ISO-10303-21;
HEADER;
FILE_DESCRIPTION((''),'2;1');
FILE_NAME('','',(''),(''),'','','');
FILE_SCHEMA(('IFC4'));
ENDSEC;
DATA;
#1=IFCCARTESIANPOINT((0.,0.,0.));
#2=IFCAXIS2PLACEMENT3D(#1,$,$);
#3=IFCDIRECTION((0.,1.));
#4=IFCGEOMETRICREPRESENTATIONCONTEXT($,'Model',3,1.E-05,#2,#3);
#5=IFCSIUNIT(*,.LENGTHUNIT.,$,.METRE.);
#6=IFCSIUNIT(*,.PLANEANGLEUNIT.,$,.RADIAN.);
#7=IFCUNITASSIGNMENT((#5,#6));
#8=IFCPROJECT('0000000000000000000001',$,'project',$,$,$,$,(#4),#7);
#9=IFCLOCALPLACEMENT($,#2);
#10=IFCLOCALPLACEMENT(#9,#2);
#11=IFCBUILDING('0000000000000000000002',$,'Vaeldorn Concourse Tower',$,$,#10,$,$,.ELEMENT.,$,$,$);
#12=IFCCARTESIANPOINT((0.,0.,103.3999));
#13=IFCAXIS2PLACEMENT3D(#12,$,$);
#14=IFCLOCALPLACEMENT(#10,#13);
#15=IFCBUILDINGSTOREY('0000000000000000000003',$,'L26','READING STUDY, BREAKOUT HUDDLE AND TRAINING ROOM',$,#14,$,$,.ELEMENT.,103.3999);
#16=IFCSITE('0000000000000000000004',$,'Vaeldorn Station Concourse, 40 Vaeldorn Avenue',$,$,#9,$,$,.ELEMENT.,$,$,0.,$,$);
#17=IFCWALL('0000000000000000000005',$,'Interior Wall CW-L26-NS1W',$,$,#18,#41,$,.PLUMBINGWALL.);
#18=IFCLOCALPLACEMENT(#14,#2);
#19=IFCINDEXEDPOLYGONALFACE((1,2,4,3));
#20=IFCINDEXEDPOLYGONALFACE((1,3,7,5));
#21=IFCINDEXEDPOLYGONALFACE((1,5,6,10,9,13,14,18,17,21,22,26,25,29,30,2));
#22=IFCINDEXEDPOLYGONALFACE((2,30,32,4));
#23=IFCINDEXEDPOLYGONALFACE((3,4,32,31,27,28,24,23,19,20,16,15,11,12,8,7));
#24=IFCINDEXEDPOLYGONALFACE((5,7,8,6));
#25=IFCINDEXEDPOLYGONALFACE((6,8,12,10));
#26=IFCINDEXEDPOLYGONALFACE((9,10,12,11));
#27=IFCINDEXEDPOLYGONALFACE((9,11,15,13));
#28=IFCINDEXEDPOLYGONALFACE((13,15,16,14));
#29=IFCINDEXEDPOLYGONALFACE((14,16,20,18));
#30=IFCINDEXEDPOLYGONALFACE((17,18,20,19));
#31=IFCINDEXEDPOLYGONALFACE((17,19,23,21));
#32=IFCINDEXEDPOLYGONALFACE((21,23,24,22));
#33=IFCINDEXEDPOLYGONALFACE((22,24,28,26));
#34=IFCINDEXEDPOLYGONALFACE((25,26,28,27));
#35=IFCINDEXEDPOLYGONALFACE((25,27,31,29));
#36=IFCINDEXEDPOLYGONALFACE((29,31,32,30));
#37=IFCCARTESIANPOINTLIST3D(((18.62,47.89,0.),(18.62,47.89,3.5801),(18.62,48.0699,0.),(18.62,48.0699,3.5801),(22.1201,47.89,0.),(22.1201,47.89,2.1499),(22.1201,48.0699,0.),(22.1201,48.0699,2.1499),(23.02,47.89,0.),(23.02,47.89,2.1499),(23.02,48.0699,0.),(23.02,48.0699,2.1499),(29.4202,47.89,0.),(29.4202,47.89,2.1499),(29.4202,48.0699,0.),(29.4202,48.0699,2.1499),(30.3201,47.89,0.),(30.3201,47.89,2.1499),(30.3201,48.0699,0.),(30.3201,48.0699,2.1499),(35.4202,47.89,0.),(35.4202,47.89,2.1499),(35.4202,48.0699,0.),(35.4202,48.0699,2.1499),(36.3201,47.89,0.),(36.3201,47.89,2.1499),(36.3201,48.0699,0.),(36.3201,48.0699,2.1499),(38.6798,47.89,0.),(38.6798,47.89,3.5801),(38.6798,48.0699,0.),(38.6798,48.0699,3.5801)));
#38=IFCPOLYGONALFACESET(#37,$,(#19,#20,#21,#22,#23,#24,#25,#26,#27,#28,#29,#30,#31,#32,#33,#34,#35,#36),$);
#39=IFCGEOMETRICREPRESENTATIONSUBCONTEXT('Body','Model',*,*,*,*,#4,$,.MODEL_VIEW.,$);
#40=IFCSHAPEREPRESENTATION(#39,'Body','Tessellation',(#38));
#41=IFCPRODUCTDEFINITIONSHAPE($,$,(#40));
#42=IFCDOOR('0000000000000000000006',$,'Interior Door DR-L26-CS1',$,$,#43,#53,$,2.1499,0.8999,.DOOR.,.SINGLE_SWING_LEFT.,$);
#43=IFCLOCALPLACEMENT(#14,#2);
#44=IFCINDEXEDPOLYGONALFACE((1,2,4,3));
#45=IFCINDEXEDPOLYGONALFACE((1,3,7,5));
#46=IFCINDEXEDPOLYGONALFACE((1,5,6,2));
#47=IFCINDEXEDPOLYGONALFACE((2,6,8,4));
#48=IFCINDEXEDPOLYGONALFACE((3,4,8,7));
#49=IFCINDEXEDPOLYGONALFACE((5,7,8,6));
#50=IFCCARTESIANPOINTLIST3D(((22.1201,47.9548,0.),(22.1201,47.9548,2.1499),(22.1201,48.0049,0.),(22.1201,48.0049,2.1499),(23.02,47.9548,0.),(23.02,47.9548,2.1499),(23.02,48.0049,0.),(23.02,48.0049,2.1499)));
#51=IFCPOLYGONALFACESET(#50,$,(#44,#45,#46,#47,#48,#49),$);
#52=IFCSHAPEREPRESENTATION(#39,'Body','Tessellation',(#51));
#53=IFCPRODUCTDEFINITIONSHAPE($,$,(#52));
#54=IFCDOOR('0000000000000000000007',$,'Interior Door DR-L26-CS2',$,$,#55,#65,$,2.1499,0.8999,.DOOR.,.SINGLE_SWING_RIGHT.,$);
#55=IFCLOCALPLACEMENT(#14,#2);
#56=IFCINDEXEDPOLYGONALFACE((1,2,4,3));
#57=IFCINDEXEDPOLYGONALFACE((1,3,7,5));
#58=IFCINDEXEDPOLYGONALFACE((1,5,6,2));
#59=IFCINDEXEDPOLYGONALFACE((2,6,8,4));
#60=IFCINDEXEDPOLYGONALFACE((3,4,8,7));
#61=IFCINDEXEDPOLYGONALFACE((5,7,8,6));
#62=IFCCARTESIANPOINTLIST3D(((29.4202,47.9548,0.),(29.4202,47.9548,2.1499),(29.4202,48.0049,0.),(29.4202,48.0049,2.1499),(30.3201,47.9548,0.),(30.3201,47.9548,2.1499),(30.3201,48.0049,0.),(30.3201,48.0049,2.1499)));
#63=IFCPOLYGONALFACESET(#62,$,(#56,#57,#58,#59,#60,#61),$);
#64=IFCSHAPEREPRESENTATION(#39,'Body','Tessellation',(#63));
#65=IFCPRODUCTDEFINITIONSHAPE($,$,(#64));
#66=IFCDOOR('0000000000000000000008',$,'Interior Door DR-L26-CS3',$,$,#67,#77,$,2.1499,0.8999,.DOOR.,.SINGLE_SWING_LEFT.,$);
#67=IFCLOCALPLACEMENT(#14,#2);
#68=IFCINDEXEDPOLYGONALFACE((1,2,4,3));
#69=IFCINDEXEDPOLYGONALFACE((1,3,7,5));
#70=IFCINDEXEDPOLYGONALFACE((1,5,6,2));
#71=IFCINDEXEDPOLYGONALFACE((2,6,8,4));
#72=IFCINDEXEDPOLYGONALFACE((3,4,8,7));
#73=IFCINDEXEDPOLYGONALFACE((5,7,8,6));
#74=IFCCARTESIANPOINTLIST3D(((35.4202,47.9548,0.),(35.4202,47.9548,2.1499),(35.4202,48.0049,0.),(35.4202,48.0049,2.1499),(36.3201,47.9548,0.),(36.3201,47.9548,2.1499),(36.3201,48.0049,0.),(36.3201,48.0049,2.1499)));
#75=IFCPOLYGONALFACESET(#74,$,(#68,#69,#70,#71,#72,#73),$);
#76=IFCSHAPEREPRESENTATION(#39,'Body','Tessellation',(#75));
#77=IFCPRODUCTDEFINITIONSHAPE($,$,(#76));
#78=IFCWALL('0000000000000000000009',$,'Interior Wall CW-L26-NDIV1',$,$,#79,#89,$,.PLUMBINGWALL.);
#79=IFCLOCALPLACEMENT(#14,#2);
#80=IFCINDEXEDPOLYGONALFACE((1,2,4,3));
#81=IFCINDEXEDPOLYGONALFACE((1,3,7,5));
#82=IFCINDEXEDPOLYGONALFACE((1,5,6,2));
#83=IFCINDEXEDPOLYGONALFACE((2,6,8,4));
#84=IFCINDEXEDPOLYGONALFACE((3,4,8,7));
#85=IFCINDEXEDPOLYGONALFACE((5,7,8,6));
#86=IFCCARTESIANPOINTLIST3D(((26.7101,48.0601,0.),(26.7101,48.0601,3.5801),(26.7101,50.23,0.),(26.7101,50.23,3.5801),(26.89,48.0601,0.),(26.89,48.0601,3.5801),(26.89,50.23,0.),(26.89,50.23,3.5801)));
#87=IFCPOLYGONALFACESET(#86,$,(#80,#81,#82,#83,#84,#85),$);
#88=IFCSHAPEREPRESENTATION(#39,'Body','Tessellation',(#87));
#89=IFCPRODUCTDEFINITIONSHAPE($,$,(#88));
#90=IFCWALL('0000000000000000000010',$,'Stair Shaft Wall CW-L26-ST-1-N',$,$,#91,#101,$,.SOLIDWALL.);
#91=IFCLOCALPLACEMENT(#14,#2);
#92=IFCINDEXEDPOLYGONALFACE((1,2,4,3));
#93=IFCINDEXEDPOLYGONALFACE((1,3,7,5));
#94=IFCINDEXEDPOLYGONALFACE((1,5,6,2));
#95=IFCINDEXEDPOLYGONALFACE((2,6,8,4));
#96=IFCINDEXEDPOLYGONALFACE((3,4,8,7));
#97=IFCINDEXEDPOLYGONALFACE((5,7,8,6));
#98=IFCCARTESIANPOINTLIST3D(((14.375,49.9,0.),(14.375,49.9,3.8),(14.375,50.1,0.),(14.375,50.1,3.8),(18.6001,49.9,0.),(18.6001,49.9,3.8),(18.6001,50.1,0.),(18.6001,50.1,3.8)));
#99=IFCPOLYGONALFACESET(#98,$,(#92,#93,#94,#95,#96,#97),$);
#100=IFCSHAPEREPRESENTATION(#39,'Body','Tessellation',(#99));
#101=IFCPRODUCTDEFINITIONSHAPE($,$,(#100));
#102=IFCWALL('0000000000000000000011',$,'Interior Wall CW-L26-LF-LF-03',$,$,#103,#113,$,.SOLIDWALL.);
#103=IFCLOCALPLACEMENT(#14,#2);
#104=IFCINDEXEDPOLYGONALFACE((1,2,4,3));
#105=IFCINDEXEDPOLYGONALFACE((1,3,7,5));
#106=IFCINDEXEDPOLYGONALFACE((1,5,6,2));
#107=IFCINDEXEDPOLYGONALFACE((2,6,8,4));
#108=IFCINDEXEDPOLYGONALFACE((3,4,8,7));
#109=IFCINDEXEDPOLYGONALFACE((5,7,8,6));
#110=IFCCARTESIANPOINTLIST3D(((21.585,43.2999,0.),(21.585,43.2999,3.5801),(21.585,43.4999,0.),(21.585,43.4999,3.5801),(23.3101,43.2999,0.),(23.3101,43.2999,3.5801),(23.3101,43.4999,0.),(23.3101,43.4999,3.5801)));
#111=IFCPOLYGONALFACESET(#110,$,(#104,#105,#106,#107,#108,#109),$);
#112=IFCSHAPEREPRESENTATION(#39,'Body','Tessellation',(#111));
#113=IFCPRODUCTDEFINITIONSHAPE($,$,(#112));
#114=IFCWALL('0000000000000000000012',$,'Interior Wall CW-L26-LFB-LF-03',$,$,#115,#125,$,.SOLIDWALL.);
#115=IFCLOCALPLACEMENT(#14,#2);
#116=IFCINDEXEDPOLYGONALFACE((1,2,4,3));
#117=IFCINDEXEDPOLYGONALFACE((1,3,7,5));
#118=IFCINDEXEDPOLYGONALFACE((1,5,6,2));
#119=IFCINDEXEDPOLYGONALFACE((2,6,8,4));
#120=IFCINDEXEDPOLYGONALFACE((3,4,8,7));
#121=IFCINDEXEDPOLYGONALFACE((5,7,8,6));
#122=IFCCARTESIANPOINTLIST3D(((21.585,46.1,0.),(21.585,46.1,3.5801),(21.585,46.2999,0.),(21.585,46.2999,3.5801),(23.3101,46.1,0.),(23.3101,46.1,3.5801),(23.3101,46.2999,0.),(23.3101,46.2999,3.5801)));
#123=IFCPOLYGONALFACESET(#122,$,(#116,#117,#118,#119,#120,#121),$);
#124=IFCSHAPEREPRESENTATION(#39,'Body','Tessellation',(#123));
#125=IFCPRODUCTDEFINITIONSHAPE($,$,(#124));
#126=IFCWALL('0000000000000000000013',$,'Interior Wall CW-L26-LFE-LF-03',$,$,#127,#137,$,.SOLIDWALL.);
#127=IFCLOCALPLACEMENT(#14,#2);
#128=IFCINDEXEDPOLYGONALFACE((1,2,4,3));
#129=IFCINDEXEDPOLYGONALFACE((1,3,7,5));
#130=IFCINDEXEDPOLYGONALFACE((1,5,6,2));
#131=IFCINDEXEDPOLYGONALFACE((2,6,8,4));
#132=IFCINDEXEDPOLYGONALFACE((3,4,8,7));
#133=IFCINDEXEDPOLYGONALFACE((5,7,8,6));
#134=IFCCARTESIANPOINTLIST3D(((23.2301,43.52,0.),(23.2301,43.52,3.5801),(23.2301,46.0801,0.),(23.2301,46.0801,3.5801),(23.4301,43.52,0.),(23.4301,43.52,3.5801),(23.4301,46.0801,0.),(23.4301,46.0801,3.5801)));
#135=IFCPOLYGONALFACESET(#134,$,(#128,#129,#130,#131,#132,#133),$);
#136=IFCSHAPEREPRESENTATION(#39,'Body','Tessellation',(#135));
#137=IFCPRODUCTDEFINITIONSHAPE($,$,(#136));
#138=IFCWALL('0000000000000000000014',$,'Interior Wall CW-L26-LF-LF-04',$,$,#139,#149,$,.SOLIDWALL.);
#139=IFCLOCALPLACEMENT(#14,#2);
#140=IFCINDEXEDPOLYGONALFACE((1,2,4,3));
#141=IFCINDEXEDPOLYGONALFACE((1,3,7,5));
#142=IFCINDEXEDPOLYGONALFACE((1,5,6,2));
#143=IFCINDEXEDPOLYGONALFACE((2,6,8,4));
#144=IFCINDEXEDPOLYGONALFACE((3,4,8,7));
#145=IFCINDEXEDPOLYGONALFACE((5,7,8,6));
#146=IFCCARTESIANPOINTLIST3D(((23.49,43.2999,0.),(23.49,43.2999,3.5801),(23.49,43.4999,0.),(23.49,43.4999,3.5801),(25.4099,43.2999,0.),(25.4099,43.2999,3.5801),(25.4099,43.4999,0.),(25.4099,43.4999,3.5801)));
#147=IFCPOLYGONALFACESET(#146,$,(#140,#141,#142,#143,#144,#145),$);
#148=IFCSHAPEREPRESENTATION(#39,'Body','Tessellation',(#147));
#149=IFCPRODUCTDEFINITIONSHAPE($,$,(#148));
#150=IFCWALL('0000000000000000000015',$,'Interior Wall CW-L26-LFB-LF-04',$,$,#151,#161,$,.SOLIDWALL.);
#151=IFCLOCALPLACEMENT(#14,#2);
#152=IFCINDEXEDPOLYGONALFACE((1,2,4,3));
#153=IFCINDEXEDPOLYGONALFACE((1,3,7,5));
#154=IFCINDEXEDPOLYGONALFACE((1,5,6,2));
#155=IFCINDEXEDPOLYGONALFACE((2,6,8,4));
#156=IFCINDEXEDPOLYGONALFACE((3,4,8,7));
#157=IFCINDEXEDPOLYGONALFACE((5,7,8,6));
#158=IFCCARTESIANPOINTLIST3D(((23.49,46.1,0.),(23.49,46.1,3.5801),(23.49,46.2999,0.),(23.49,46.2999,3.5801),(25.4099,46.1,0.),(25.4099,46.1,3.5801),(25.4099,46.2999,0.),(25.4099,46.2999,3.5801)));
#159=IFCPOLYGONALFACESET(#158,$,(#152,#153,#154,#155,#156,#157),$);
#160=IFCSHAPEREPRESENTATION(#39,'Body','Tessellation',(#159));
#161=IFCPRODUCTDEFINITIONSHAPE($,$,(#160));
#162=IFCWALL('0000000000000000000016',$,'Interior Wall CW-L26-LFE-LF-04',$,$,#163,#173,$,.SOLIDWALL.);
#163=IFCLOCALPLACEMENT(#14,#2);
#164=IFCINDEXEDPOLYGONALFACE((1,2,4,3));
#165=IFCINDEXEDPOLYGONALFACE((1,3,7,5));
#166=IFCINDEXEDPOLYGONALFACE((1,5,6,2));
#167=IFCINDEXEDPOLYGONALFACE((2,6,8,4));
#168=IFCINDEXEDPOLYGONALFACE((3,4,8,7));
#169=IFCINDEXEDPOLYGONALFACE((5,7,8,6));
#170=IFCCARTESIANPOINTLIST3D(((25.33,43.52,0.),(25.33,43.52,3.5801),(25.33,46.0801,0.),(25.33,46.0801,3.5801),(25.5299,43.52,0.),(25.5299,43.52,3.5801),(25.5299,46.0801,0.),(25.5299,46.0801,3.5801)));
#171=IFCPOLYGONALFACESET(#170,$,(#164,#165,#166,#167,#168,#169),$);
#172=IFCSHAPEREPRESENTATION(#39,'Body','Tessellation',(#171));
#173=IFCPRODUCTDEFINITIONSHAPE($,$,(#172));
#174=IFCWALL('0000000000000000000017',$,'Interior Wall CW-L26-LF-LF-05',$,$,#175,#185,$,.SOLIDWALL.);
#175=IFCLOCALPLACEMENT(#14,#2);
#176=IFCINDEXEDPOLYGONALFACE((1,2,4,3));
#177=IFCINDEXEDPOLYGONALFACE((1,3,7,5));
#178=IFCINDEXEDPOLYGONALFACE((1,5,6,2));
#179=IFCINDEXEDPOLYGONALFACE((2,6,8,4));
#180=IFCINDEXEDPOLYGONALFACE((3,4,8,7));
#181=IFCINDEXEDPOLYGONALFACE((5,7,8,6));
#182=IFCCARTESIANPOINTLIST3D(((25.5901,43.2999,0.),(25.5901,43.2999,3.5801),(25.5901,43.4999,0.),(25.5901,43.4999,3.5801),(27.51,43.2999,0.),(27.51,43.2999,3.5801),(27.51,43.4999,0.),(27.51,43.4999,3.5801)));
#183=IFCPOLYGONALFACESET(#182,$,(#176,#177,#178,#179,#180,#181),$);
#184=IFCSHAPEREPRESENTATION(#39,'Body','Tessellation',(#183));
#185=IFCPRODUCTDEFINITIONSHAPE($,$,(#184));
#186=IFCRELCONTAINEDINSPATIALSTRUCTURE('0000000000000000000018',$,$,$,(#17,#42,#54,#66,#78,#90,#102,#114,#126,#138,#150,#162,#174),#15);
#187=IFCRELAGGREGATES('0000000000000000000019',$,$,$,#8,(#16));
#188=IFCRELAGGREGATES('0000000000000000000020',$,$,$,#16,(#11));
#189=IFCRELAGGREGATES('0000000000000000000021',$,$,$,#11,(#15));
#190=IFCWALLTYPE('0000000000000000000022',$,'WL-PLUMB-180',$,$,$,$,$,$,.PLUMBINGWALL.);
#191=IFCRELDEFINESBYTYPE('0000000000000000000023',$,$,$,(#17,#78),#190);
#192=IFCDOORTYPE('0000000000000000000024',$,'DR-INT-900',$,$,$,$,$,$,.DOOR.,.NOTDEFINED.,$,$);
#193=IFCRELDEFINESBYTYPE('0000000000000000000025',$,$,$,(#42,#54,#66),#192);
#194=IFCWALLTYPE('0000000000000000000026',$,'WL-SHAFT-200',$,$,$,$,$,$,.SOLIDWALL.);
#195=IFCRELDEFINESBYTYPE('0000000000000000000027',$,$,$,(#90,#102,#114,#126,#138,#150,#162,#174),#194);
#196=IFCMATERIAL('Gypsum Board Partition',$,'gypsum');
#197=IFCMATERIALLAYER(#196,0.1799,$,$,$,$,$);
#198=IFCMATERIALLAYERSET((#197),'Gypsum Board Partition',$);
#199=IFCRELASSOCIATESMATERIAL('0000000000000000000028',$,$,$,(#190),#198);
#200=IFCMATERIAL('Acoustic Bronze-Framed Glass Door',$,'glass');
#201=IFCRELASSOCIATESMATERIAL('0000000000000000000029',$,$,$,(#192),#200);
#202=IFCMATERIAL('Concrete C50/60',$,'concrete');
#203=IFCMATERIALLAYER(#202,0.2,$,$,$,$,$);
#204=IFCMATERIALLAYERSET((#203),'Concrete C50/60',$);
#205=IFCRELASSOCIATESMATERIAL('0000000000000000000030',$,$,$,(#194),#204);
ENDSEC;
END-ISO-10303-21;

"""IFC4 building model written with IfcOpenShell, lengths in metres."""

from ifc_helpers import new_model, si_unit, direction, frame, frame_2d, origin, place, context, subcontext, project, spatial, rectangle, extrude, source, transform, mapped, material, layer, layer_set, type_object, element, fill, save


model = new_model("IFC4")

# Units and contexts
model_context = context("Model", 3, precision=1e-05, world=origin(), true_north=direction((0.0, 1.0)))
body_context = subcontext(model_context, "Body", "Model", "MODEL_VIEW")
ifc_project = project(units=[si_unit("LENGTHUNIT", "METRE"), si_unit("PLANEANGLEUNIT", "RADIAN")], contexts=[model_context])

# Site, building, storey
site_placement = place(None, origin())
site = spatial("IfcSite", under=ifc_project, at=site_placement, Name="Vaeldorn Station Concourse, 40 Vaeldorn Avenue", CompositionType="ELEMENT", RefElevation=0.0)
building_placement = place(site_placement, origin())
building = spatial("IfcBuilding", under=site, at=building_placement, Name="Vaeldorn Concourse Tower", CompositionType="ELEMENT")
storey_placement = place(building_placement, frame((0.0, 0.0, 103.3999)))
storey = spatial("IfcBuildingStorey", under=building, at=storey_placement, Name="L26", Description="READING STUDY, BREAKOUT HUDDLE AND TRAINING ROOM", CompositionType="ELEMENT", Elevation=103.3999)

# Wall, openings, doors
ifc_material_1 = material(Name="Gypsum Board Partition", Category="gypsum")
ifc_layer_1 = layer(ifc_material_1, 0.1799)
ifc_layer_set_1 = layer_set([ifc_layer_1], Name="Gypsum Board Partition")
wall_type_1 = type_object("IfcWallType", Name="WL-PLUMB-180", PredefinedType="PLUMBINGWALL", material=ifc_layer_set_1)
wall_1_placement = place(storey_placement, frame((18.6201, 47.98, 0.0), z_axis=(0.0, 0.0, 1.0), x_axis=(1.0, 0.0, 0.0)))
wall_1 = element("IfcWall", 1, at=wall_1_placement, inside=storey, type_object=wall_type_1, Name="Interior Wall CW-L26-NS1W", PredefinedType="PLUMBINGWALL", context=body_context, shape_type="SweptSolid", body=[
    extrude(rectangle(XDim=20.0598, YDim=0.1799, at=frame_2d((10.0298, 0.0))), origin(), (0.0, 0.0, 1.0), 3.5801),
])
opening_1_placement = place(wall_1_placement, frame((3.5, 0.0, 0.0)))
opening_1 = element("IfcOpeningElement", 2, at=opening_1_placement, cuts=wall_1, PredefinedType="OPENING", context=body_context, shape_type="SweptSolid", body=[
    extrude(rectangle(XDim=0.8999, YDim=2.1499, at=frame_2d((0.45, 1.075))), frame((0.0, 0.1001, 0.0), z_axis=(0.0, -1.0, 0.0), x_axis=(1.0, 0.0, 0.0)), (0.0, 0.0, 1.0), 0.2),
])
opening_2_placement = place(wall_1_placement, frame((10.8, 0.0, 0.0)))
opening_2 = element("IfcOpeningElement", 3, at=opening_2_placement, cuts=wall_1, PredefinedType="OPENING", context=body_context, shape_type="SweptSolid", body=[
    extrude(rectangle(XDim=0.8999, YDim=2.1499, at=frame_2d((0.45, 1.075))), frame((0.0, 0.1001, 0.0), z_axis=(0.0, -1.0, 0.0), x_axis=(1.0, 0.0, 0.0)), (0.0, 0.0, 1.0), 0.2),
])
opening_3_placement = place(wall_1_placement, frame((16.8, 0.0, 0.0)))
opening_3 = element("IfcOpeningElement", 4, at=opening_3_placement, cuts=wall_1, PredefinedType="OPENING", context=body_context, shape_type="SweptSolid", body=[
    extrude(rectangle(XDim=0.8999, YDim=2.1499, at=frame_2d((0.45, 1.075))), frame((0.0, 0.1001, 0.0), z_axis=(0.0, -1.0, 0.0), x_axis=(1.0, 0.0, 0.0)), (0.0, 0.0, 1.0), 0.2),
])
ifc_material_2 = material(Name="Acoustic Bronze-Framed Glass Door", Category="glass")
door_type_1 = type_object("IfcDoorType", Name="DR-INT-900", OperationType="NOTDEFINED", PredefinedType="DOOR", material=ifc_material_2)
shared_shape_1 = source(origin(), body_context, "Body", "SweptSolid", [
    extrude(rectangle(XDim=0.8999, YDim=2.1499, at=frame_2d((0.45, 1.075))), frame((0.0, 0.0249, 0.0), z_axis=(0.0, -1.0, 0.0), x_axis=(1.0, 0.0, 0.0)), (0.0, 0.0, 1.0), 0.05),
])
door_1_placement = place(opening_1_placement, origin())
door_1 = element("IfcDoor", 5, at=door_1_placement, inside=storey, type_object=door_type_1, Name="Interior Door DR-L26-CS1", OperationType="SINGLE_SWING_LEFT", OverallHeight=2.1499, OverallWidth=0.8999, PredefinedType="DOOR", context=body_context, shape_type="MappedRepresentation", body=[
    mapped(shared_shape_1, transform((0.0, 0.0, 0.0), scale=1.0)),
])
fill(opening_1, door_1)
door_2_placement = place(opening_2_placement, origin())
door_2 = element("IfcDoor", 6, at=door_2_placement, inside=storey, type_object=door_type_1, Name="Interior Door DR-L26-CS2", OperationType="SINGLE_SWING_RIGHT", OverallHeight=2.1499, OverallWidth=0.8999, PredefinedType="DOOR", context=body_context, shape_type="MappedRepresentation", body=[
    mapped(shared_shape_1, transform((0.0, 0.0, 0.0), scale=1.0)),
])
fill(opening_2, door_2)
door_3_placement = place(opening_3_placement, origin())
door_3 = element("IfcDoor", 7, at=door_3_placement, inside=storey, type_object=door_type_1, Name="Interior Door DR-L26-CS3", OperationType="SINGLE_SWING_LEFT", OverallHeight=2.1499, OverallWidth=0.8999, PredefinedType="DOOR", context=body_context, shape_type="MappedRepresentation", body=[
    mapped(shared_shape_1, transform((0.0, 0.0, 0.0), scale=1.0)),
])
fill(opening_3, door_3)

# Walls
wall_2_placement = place(storey_placement, frame((26.8, 48.0601, 0.0), z_axis=(0.0, 0.0, 1.0), x_axis=(0.0, 1.0, 0.0)))
element("IfcWall", 8, at=wall_2_placement, inside=storey, type_object=wall_type_1, Name="Interior Wall CW-L26-NDIV1", PredefinedType="PLUMBINGWALL", context=body_context, shape_type="SweptSolid", body=[
    extrude(rectangle(XDim=2.1699, YDim=0.1799, at=frame_2d((1.085, 0.0))), origin(), (0.0, 0.0, 1.0), 3.5801),
])
ifc_material_3 = material(Name="Concrete C50/60", Category="concrete")
ifc_layer_2 = layer(ifc_material_3, 0.2)
ifc_layer_set_2 = layer_set([ifc_layer_2], Name="Concrete C50/60")
wall_type_2 = type_object("IfcWallType", Name="WL-SHAFT-200", PredefinedType="SOLIDWALL", material=ifc_layer_set_2)
wall_3_placement = place(storey_placement, frame((14.375, 50.0, 0.0), z_axis=(0.0, 0.0, 1.0), x_axis=(1.0, 0.0, 0.0)))
element("IfcWall", 9, at=wall_3_placement, inside=storey, type_object=wall_type_2, Name="Stair Shaft Wall CW-L26-ST-1-N", PredefinedType="SOLIDWALL", context=body_context, shape_type="SweptSolid", body=[
    extrude(rectangle(XDim=4.2251, YDim=0.2, at=frame_2d((2.1125, 0.0))), origin(), (0.0, 0.0, 1.0), 3.8),
])
for number, where, z_axis, x_axis, name in (
    (10, (21.585, 43.3999, 0.0), (0.0, 0.0, 1.0), (1.0, 0.0, 0.0), "Interior Wall CW-L26-LF-LF-03"),
    (11, (21.585, 46.2, 0.0), (0.0, 0.0, 1.0), (1.0, 0.0, 0.0), "Interior Wall CW-L26-LFB-LF-03"),
):
    element("IfcWall", number, at=place(storey_placement, frame(where, z_axis=z_axis, x_axis=x_axis)), inside=storey, type_object=wall_type_2, Name=name, PredefinedType="SOLIDWALL", context=body_context, shape_type="SweptSolid", body=[
        extrude(rectangle(XDim=1.7251, YDim=0.2, at=frame_2d((0.8625, 0.0))), origin(), (0.0, 0.0, 1.0), 3.5801),
    ])
wall_4_placement = place(storey_placement, frame((23.3301, 43.52, 0.0), z_axis=(0.0, 0.0, 1.0), x_axis=(0.0, 1.0, 0.0)))
element("IfcWall", 12, at=wall_4_placement, inside=storey, type_object=wall_type_2, Name="Interior Wall CW-L26-LFE-LF-03", PredefinedType="SOLIDWALL", context=body_context, shape_type="SweptSolid", body=[
    extrude(rectangle(XDim=2.5601, YDim=0.2, at=frame_2d((1.28, 0.0))), origin(), (0.0, 0.0, 1.0), 3.5801),
])
for number, where, z_axis, x_axis, name in (
    (13, (23.49, 43.3999, 0.0), (0.0, 0.0, 1.0), (1.0, 0.0, 0.0), "Interior Wall CW-L26-LF-LF-04"),
    (14, (23.49, 46.2, 0.0), (0.0, 0.0, 1.0), (1.0, 0.0, 0.0), "Interior Wall CW-L26-LFB-LF-04"),
):
    element("IfcWall", number, at=place(storey_placement, frame(where, z_axis=z_axis, x_axis=x_axis)), inside=storey, type_object=wall_type_2, Name=name, PredefinedType="SOLIDWALL", context=body_context, shape_type="SweptSolid", body=[
        extrude(rectangle(XDim=1.9199, YDim=0.2, at=frame_2d((0.96, 0.0))), origin(), (0.0, 0.0, 1.0), 3.5801),
    ])
wall_5_placement = place(storey_placement, frame((25.4299, 43.52, 0.0), z_axis=(0.0, 0.0, 1.0), x_axis=(0.0, 1.0, 0.0)))
element("IfcWall", 15, at=wall_5_placement, inside=storey, type_object=wall_type_2, Name="Interior Wall CW-L26-LFE-LF-04", PredefinedType="SOLIDWALL", context=body_context, shape_type="SweptSolid", body=[
    extrude(rectangle(XDim=2.5601, YDim=0.2, at=frame_2d((1.28, 0.0))), origin(), (0.0, 0.0, 1.0), 3.5801),
])
for number, where, z_axis, x_axis, name in (
    (16, (25.5901, 43.3999, 0.0), (0.0, 0.0, 1.0), (1.0, 0.0, 0.0), "Interior Wall CW-L26-LF-LF-05"),
):
    element("IfcWall", number, at=place(storey_placement, frame(where, z_axis=z_axis, x_axis=x_axis)), inside=storey, type_object=wall_type_2, Name=name, PredefinedType="SOLIDWALL", context=body_context, shape_type="SweptSolid", body=[
        extrude(rectangle(XDim=1.9199, YDim=0.2, at=frame_2d((0.96, 0.0))), origin(), (0.0, 0.0, 1.0), 3.5801),
    ])

save(model, "model.ifc")
